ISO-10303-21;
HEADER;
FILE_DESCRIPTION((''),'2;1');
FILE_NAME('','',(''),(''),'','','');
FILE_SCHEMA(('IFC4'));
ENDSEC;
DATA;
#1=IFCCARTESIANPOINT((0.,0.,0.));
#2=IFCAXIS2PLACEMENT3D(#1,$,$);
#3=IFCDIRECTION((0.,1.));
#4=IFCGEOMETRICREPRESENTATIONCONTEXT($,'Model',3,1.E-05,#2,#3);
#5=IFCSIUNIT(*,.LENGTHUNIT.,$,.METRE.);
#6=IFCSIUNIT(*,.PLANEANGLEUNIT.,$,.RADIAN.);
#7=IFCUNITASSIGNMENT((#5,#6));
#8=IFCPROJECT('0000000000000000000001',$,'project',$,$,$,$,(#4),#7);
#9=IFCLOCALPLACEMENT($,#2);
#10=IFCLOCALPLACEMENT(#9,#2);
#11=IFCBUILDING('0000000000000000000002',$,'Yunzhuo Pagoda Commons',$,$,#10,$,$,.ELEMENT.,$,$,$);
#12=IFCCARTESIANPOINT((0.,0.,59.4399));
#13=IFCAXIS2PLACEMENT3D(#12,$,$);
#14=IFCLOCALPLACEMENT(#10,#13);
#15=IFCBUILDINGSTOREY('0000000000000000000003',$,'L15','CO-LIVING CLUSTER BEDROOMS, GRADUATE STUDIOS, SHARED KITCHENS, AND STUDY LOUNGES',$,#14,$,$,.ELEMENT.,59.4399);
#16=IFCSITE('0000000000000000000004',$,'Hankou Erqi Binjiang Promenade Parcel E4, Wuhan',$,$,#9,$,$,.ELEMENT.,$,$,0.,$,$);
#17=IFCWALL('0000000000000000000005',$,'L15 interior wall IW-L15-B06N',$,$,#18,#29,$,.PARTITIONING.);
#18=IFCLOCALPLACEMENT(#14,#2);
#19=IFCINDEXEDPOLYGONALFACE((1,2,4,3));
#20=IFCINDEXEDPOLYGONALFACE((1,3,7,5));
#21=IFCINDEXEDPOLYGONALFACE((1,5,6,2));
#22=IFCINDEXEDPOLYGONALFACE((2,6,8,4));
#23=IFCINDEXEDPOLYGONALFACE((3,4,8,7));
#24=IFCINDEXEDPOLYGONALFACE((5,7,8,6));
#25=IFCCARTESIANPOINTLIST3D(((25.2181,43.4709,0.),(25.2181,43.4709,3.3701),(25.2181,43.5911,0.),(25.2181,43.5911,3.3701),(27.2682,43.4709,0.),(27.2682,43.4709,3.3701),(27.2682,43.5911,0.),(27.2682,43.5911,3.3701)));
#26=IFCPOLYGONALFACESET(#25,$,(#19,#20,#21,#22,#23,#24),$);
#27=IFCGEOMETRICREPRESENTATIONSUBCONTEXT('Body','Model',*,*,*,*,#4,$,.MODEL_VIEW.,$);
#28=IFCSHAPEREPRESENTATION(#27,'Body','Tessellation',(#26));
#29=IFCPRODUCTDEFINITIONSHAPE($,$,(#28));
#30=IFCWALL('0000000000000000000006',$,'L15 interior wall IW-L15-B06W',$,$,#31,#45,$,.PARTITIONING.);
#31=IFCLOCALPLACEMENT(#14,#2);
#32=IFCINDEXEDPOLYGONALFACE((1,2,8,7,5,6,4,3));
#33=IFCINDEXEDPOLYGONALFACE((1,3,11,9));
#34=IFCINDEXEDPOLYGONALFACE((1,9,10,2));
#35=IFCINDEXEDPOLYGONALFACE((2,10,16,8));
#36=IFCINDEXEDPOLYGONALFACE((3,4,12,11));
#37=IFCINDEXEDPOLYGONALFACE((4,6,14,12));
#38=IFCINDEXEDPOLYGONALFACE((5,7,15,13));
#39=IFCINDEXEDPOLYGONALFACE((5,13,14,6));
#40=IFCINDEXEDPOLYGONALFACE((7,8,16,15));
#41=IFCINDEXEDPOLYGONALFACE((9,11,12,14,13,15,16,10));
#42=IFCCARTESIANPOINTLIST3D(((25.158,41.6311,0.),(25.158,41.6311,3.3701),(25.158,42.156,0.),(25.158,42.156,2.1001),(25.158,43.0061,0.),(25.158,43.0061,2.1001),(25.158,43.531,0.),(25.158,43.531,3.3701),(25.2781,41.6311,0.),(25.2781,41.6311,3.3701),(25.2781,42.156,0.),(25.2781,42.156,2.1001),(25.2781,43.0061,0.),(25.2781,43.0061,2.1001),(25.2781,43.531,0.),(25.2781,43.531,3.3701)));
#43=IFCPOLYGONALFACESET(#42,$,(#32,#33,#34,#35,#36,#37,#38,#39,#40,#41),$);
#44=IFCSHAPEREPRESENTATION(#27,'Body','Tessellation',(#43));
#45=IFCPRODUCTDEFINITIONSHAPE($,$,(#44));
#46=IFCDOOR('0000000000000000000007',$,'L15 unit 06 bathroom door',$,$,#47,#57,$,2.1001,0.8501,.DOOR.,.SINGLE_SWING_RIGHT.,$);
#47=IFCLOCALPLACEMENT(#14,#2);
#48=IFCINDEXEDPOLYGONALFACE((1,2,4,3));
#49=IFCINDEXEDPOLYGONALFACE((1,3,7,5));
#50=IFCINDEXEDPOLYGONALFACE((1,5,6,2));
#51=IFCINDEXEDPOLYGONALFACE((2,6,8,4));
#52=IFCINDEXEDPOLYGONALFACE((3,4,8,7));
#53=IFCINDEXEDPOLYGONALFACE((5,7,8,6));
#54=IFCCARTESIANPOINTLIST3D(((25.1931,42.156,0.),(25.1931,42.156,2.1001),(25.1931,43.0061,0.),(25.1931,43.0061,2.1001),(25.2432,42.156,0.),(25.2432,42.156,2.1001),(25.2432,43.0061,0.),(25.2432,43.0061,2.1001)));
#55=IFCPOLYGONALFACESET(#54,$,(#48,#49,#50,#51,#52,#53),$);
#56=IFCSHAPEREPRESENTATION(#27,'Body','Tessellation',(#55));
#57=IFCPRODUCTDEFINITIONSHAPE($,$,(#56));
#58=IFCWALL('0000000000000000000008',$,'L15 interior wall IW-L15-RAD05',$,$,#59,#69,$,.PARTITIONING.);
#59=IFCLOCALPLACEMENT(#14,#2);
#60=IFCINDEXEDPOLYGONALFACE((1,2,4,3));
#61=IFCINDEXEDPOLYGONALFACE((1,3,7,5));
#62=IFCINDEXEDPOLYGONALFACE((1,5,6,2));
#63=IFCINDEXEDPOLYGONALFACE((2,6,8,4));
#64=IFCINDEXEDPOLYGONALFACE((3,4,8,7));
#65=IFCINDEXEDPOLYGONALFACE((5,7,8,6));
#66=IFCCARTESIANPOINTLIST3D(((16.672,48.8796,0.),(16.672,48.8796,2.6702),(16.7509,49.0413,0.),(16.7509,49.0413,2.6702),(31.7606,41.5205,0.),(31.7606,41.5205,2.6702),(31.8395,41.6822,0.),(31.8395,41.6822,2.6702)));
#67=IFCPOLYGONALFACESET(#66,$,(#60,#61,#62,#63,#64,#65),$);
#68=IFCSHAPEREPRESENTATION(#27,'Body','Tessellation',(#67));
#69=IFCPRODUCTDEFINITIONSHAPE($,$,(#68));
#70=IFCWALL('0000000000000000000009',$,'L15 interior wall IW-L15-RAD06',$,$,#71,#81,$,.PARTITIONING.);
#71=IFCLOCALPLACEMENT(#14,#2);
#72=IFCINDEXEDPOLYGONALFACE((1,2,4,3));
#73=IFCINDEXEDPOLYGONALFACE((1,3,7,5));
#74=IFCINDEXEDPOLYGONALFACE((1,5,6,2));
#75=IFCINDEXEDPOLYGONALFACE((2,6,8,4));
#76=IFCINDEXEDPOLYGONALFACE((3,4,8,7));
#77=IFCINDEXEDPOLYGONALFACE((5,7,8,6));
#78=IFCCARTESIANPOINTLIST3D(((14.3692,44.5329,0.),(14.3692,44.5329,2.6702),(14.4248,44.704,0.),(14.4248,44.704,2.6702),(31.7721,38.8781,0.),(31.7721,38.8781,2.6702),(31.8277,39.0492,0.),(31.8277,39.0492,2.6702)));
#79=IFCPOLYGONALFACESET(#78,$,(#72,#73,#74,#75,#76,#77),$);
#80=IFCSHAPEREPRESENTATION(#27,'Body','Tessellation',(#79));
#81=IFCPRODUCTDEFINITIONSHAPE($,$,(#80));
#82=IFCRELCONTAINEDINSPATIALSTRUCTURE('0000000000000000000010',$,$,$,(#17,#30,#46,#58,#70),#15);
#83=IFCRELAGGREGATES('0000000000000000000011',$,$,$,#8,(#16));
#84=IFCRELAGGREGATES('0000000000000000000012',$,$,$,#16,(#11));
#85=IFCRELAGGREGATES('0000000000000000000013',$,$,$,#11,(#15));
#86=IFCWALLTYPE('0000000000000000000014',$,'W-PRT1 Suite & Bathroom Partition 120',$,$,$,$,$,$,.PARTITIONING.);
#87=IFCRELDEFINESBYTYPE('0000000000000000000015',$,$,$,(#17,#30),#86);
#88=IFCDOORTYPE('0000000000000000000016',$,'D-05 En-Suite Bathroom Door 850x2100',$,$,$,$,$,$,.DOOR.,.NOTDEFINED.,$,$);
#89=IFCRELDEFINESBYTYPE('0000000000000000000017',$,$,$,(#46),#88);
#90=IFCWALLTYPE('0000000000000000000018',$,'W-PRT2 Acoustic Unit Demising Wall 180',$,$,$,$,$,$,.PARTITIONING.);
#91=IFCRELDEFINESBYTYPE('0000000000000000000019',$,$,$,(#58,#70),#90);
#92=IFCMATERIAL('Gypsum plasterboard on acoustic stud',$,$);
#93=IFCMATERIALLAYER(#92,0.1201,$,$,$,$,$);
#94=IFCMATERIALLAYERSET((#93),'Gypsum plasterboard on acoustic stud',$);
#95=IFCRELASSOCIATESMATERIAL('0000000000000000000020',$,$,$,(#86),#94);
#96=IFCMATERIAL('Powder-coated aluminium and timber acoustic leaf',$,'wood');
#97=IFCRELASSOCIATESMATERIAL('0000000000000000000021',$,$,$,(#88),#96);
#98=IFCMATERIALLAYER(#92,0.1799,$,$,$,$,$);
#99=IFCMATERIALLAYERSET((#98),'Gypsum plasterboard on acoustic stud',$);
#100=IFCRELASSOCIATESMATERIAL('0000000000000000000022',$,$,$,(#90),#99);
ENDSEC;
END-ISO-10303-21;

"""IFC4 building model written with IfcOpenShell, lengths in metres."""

from ifc_helpers import new_model, si_unit, direction, frame, frame_2d, origin, place, context, subcontext, project, spatial, rectangle, extrude, source, transform, mapped, material, layer, layer_set, type_object, element, fill, save


model = new_model("IFC4")

# Units and contexts
model_context = context("Model", 3, precision=1e-05, world=origin(), true_north=direction((0.0, 1.0)))
body_context = subcontext(model_context, "Body", "Model", "MODEL_VIEW")
ifc_project = project(units=[si_unit("LENGTHUNIT", "METRE"), si_unit("PLANEANGLEUNIT", "RADIAN")], contexts=[model_context])

# Site, building, storey
site_placement = place(None, origin())
site = spatial("IfcSite", under=ifc_project, at=site_placement, Name="Hankou Erqi Binjiang Promenade Parcel E4, Wuhan", CompositionType="ELEMENT", RefElevation=0.0)
building_placement = place(site_placement, origin())
building = spatial("IfcBuilding", under=site, at=building_placement, Name="Yunzhuo Pagoda Commons", CompositionType="ELEMENT")
storey_placement = place(building_placement, frame((0.0, 0.0, 59.4399)))
storey = spatial("IfcBuildingStorey", under=building, at=storey_placement, Name="L15", Description="CO-LIVING CLUSTER BEDROOMS, GRADUATE STUDIOS, SHARED KITCHENS, AND STUDY LOUNGES", CompositionType="ELEMENT", Elevation=59.4399)

# Shared definitions
ifc_material_1 = material(Name="Gypsum plasterboard on acoustic stud")

# Wall
ifc_layer_1 = layer(ifc_material_1, 0.1201)
ifc_layer_set_1 = layer_set([ifc_layer_1], Name="Gypsum plasterboard on acoustic stud")
wall_type_1 = type_object("IfcWallType", Name="W-PRT1 Suite & Bathroom Partition 120", PredefinedType="PARTITIONING", material=ifc_layer_set_1)
wall_1_placement = place(storey_placement, frame((27.2681, 43.531, 0.0), z_axis=(0.0, 0.0, 1.0), x_axis=(-1.0, 0.0, 0.0)))
element("IfcWall", 1, at=wall_1_placement, inside=storey, type_object=wall_type_1, Name="L15 interior wall IW-L15-B06N", PredefinedType="PARTITIONING", context=body_context, shape_type="SweptSolid", body=[
    extrude(rectangle(XDim=2.05, YDim=0.1201, at=frame_2d((1.0249, 0.0))), origin(), (0.0, 0.0, 1.0), 3.3701),
])

# Wall, opening, door
wall_2_placement = place(storey_placement, frame((25.218, 43.531, 0.0), z_axis=(0.0, 0.0, 1.0), x_axis=(0.0, -1.0, 0.0)))
wall_2 = element("IfcWall", 2, at=wall_2_placement, inside=storey, type_object=wall_type_1, Name="L15 interior wall IW-L15-B06W", PredefinedType="PARTITIONING", context=body_context, shape_type="SweptSolid", body=[
    extrude(rectangle(XDim=1.8999, YDim=0.1201, at=frame_2d((0.95, 0.0))), origin(), (0.0, 0.0, 1.0), 3.3701),
])
opening_1_placement = place(wall_2_placement, frame((0.5249, 0.0, 0.0)))
opening_1 = element("IfcOpeningElement", 3, at=opening_1_placement, cuts=wall_2, PredefinedType="OPENING", context=body_context, shape_type="SweptSolid", body=[
    extrude(rectangle(XDim=0.8501, YDim=2.1001, at=frame_2d((0.425, 1.05))), frame((0.0, 0.0701, 0.0), z_axis=(0.0, -1.0, 0.0), x_axis=(1.0, 0.0, 0.0)), (0.0, 0.0, 1.0), 0.1401),
])
ifc_material_2 = material(Name="Powder-coated aluminium and timber acoustic leaf", Category="wood")
door_type_1 = type_object("IfcDoorType", Name="D-05 En-Suite Bathroom Door 850x2100", OperationType="NOTDEFINED", PredefinedType="DOOR", material=ifc_material_2)
shared_shape_1 = source(origin(), body_context, "Body", "SweptSolid", [
    extrude(rectangle(XDim=0.8501, YDim=2.1001, at=frame_2d((0.425, 1.05))), frame((0.0, 0.0249, 0.0), z_axis=(0.0, -1.0, 0.0), x_axis=(1.0, 0.0, 0.0)), (0.0, 0.0, 1.0), 0.05),
])
door_1_placement = place(opening_1_placement, frame((0.8501, 0.0, 0.0), z_axis=(0.0, 0.0, 1.0), x_axis=(-1.0, 0.0, 0.0)))
door_1 = element("IfcDoor", 4, at=door_1_placement, inside=storey, type_object=door_type_1, Name="L15 unit 06 bathroom door", OperationType="SINGLE_SWING_RIGHT", OverallHeight=2.1001, OverallWidth=0.8501, PredefinedType="DOOR", context=body_context, shape_type="MappedRepresentation", body=[
    mapped(shared_shape_1, transform((0.0, 0.0, 0.0), scale=1.0)),
])
fill(opening_1, door_1)

# Walls
ifc_layer_2 = layer(ifc_material_1, 0.1799)
ifc_layer_set_2 = layer_set([ifc_layer_2], Name="Gypsum plasterboard on acoustic stud")
wall_type_2 = type_object("IfcWallType", Name="W-PRT2 Acoustic Unit Demising Wall 180", PredefinedType="PARTITIONING", material=ifc_layer_set_2)
wall_3_placement = place(storey_placement, frame((31.8, 41.6013, 0.0), z_axis=(0.0, 0.0, 1.0), x_axis=(-0.898796, 0.438367, 0.0)))
element("IfcWall", 5, at=wall_3_placement, inside=storey, type_object=wall_type_2, Name="L15 interior wall IW-L15-RAD05", PredefinedType="PARTITIONING", context=body_context, shape_type="SweptSolid", body=[
    extrude(rectangle(XDim=16.7876, YDim=0.1799, at=frame_2d((8.3938, 0.0))), origin(), (0.0, 0.0, 1.0), 2.6702),
])
wall_4_placement = place(storey_placement, frame((31.8, 38.9636, 0.0), z_axis=(0.0, 0.0, 1.0), x_axis=(-0.951052, 0.30903, 0.0)))
element("IfcWall", 6, at=wall_4_placement, inside=storey, type_object=wall_type_2, Name="L15 interior wall IW-L15-RAD06", PredefinedType="PARTITIONING", context=body_context, shape_type="SweptSolid", body=[
    extrude(rectangle(XDim=18.2986, YDim=0.1799, at=frame_2d((9.1494, 0.0))), origin(), (0.0, 0.0, 1.0), 2.6702),
])

save(model, "model.ifc")
